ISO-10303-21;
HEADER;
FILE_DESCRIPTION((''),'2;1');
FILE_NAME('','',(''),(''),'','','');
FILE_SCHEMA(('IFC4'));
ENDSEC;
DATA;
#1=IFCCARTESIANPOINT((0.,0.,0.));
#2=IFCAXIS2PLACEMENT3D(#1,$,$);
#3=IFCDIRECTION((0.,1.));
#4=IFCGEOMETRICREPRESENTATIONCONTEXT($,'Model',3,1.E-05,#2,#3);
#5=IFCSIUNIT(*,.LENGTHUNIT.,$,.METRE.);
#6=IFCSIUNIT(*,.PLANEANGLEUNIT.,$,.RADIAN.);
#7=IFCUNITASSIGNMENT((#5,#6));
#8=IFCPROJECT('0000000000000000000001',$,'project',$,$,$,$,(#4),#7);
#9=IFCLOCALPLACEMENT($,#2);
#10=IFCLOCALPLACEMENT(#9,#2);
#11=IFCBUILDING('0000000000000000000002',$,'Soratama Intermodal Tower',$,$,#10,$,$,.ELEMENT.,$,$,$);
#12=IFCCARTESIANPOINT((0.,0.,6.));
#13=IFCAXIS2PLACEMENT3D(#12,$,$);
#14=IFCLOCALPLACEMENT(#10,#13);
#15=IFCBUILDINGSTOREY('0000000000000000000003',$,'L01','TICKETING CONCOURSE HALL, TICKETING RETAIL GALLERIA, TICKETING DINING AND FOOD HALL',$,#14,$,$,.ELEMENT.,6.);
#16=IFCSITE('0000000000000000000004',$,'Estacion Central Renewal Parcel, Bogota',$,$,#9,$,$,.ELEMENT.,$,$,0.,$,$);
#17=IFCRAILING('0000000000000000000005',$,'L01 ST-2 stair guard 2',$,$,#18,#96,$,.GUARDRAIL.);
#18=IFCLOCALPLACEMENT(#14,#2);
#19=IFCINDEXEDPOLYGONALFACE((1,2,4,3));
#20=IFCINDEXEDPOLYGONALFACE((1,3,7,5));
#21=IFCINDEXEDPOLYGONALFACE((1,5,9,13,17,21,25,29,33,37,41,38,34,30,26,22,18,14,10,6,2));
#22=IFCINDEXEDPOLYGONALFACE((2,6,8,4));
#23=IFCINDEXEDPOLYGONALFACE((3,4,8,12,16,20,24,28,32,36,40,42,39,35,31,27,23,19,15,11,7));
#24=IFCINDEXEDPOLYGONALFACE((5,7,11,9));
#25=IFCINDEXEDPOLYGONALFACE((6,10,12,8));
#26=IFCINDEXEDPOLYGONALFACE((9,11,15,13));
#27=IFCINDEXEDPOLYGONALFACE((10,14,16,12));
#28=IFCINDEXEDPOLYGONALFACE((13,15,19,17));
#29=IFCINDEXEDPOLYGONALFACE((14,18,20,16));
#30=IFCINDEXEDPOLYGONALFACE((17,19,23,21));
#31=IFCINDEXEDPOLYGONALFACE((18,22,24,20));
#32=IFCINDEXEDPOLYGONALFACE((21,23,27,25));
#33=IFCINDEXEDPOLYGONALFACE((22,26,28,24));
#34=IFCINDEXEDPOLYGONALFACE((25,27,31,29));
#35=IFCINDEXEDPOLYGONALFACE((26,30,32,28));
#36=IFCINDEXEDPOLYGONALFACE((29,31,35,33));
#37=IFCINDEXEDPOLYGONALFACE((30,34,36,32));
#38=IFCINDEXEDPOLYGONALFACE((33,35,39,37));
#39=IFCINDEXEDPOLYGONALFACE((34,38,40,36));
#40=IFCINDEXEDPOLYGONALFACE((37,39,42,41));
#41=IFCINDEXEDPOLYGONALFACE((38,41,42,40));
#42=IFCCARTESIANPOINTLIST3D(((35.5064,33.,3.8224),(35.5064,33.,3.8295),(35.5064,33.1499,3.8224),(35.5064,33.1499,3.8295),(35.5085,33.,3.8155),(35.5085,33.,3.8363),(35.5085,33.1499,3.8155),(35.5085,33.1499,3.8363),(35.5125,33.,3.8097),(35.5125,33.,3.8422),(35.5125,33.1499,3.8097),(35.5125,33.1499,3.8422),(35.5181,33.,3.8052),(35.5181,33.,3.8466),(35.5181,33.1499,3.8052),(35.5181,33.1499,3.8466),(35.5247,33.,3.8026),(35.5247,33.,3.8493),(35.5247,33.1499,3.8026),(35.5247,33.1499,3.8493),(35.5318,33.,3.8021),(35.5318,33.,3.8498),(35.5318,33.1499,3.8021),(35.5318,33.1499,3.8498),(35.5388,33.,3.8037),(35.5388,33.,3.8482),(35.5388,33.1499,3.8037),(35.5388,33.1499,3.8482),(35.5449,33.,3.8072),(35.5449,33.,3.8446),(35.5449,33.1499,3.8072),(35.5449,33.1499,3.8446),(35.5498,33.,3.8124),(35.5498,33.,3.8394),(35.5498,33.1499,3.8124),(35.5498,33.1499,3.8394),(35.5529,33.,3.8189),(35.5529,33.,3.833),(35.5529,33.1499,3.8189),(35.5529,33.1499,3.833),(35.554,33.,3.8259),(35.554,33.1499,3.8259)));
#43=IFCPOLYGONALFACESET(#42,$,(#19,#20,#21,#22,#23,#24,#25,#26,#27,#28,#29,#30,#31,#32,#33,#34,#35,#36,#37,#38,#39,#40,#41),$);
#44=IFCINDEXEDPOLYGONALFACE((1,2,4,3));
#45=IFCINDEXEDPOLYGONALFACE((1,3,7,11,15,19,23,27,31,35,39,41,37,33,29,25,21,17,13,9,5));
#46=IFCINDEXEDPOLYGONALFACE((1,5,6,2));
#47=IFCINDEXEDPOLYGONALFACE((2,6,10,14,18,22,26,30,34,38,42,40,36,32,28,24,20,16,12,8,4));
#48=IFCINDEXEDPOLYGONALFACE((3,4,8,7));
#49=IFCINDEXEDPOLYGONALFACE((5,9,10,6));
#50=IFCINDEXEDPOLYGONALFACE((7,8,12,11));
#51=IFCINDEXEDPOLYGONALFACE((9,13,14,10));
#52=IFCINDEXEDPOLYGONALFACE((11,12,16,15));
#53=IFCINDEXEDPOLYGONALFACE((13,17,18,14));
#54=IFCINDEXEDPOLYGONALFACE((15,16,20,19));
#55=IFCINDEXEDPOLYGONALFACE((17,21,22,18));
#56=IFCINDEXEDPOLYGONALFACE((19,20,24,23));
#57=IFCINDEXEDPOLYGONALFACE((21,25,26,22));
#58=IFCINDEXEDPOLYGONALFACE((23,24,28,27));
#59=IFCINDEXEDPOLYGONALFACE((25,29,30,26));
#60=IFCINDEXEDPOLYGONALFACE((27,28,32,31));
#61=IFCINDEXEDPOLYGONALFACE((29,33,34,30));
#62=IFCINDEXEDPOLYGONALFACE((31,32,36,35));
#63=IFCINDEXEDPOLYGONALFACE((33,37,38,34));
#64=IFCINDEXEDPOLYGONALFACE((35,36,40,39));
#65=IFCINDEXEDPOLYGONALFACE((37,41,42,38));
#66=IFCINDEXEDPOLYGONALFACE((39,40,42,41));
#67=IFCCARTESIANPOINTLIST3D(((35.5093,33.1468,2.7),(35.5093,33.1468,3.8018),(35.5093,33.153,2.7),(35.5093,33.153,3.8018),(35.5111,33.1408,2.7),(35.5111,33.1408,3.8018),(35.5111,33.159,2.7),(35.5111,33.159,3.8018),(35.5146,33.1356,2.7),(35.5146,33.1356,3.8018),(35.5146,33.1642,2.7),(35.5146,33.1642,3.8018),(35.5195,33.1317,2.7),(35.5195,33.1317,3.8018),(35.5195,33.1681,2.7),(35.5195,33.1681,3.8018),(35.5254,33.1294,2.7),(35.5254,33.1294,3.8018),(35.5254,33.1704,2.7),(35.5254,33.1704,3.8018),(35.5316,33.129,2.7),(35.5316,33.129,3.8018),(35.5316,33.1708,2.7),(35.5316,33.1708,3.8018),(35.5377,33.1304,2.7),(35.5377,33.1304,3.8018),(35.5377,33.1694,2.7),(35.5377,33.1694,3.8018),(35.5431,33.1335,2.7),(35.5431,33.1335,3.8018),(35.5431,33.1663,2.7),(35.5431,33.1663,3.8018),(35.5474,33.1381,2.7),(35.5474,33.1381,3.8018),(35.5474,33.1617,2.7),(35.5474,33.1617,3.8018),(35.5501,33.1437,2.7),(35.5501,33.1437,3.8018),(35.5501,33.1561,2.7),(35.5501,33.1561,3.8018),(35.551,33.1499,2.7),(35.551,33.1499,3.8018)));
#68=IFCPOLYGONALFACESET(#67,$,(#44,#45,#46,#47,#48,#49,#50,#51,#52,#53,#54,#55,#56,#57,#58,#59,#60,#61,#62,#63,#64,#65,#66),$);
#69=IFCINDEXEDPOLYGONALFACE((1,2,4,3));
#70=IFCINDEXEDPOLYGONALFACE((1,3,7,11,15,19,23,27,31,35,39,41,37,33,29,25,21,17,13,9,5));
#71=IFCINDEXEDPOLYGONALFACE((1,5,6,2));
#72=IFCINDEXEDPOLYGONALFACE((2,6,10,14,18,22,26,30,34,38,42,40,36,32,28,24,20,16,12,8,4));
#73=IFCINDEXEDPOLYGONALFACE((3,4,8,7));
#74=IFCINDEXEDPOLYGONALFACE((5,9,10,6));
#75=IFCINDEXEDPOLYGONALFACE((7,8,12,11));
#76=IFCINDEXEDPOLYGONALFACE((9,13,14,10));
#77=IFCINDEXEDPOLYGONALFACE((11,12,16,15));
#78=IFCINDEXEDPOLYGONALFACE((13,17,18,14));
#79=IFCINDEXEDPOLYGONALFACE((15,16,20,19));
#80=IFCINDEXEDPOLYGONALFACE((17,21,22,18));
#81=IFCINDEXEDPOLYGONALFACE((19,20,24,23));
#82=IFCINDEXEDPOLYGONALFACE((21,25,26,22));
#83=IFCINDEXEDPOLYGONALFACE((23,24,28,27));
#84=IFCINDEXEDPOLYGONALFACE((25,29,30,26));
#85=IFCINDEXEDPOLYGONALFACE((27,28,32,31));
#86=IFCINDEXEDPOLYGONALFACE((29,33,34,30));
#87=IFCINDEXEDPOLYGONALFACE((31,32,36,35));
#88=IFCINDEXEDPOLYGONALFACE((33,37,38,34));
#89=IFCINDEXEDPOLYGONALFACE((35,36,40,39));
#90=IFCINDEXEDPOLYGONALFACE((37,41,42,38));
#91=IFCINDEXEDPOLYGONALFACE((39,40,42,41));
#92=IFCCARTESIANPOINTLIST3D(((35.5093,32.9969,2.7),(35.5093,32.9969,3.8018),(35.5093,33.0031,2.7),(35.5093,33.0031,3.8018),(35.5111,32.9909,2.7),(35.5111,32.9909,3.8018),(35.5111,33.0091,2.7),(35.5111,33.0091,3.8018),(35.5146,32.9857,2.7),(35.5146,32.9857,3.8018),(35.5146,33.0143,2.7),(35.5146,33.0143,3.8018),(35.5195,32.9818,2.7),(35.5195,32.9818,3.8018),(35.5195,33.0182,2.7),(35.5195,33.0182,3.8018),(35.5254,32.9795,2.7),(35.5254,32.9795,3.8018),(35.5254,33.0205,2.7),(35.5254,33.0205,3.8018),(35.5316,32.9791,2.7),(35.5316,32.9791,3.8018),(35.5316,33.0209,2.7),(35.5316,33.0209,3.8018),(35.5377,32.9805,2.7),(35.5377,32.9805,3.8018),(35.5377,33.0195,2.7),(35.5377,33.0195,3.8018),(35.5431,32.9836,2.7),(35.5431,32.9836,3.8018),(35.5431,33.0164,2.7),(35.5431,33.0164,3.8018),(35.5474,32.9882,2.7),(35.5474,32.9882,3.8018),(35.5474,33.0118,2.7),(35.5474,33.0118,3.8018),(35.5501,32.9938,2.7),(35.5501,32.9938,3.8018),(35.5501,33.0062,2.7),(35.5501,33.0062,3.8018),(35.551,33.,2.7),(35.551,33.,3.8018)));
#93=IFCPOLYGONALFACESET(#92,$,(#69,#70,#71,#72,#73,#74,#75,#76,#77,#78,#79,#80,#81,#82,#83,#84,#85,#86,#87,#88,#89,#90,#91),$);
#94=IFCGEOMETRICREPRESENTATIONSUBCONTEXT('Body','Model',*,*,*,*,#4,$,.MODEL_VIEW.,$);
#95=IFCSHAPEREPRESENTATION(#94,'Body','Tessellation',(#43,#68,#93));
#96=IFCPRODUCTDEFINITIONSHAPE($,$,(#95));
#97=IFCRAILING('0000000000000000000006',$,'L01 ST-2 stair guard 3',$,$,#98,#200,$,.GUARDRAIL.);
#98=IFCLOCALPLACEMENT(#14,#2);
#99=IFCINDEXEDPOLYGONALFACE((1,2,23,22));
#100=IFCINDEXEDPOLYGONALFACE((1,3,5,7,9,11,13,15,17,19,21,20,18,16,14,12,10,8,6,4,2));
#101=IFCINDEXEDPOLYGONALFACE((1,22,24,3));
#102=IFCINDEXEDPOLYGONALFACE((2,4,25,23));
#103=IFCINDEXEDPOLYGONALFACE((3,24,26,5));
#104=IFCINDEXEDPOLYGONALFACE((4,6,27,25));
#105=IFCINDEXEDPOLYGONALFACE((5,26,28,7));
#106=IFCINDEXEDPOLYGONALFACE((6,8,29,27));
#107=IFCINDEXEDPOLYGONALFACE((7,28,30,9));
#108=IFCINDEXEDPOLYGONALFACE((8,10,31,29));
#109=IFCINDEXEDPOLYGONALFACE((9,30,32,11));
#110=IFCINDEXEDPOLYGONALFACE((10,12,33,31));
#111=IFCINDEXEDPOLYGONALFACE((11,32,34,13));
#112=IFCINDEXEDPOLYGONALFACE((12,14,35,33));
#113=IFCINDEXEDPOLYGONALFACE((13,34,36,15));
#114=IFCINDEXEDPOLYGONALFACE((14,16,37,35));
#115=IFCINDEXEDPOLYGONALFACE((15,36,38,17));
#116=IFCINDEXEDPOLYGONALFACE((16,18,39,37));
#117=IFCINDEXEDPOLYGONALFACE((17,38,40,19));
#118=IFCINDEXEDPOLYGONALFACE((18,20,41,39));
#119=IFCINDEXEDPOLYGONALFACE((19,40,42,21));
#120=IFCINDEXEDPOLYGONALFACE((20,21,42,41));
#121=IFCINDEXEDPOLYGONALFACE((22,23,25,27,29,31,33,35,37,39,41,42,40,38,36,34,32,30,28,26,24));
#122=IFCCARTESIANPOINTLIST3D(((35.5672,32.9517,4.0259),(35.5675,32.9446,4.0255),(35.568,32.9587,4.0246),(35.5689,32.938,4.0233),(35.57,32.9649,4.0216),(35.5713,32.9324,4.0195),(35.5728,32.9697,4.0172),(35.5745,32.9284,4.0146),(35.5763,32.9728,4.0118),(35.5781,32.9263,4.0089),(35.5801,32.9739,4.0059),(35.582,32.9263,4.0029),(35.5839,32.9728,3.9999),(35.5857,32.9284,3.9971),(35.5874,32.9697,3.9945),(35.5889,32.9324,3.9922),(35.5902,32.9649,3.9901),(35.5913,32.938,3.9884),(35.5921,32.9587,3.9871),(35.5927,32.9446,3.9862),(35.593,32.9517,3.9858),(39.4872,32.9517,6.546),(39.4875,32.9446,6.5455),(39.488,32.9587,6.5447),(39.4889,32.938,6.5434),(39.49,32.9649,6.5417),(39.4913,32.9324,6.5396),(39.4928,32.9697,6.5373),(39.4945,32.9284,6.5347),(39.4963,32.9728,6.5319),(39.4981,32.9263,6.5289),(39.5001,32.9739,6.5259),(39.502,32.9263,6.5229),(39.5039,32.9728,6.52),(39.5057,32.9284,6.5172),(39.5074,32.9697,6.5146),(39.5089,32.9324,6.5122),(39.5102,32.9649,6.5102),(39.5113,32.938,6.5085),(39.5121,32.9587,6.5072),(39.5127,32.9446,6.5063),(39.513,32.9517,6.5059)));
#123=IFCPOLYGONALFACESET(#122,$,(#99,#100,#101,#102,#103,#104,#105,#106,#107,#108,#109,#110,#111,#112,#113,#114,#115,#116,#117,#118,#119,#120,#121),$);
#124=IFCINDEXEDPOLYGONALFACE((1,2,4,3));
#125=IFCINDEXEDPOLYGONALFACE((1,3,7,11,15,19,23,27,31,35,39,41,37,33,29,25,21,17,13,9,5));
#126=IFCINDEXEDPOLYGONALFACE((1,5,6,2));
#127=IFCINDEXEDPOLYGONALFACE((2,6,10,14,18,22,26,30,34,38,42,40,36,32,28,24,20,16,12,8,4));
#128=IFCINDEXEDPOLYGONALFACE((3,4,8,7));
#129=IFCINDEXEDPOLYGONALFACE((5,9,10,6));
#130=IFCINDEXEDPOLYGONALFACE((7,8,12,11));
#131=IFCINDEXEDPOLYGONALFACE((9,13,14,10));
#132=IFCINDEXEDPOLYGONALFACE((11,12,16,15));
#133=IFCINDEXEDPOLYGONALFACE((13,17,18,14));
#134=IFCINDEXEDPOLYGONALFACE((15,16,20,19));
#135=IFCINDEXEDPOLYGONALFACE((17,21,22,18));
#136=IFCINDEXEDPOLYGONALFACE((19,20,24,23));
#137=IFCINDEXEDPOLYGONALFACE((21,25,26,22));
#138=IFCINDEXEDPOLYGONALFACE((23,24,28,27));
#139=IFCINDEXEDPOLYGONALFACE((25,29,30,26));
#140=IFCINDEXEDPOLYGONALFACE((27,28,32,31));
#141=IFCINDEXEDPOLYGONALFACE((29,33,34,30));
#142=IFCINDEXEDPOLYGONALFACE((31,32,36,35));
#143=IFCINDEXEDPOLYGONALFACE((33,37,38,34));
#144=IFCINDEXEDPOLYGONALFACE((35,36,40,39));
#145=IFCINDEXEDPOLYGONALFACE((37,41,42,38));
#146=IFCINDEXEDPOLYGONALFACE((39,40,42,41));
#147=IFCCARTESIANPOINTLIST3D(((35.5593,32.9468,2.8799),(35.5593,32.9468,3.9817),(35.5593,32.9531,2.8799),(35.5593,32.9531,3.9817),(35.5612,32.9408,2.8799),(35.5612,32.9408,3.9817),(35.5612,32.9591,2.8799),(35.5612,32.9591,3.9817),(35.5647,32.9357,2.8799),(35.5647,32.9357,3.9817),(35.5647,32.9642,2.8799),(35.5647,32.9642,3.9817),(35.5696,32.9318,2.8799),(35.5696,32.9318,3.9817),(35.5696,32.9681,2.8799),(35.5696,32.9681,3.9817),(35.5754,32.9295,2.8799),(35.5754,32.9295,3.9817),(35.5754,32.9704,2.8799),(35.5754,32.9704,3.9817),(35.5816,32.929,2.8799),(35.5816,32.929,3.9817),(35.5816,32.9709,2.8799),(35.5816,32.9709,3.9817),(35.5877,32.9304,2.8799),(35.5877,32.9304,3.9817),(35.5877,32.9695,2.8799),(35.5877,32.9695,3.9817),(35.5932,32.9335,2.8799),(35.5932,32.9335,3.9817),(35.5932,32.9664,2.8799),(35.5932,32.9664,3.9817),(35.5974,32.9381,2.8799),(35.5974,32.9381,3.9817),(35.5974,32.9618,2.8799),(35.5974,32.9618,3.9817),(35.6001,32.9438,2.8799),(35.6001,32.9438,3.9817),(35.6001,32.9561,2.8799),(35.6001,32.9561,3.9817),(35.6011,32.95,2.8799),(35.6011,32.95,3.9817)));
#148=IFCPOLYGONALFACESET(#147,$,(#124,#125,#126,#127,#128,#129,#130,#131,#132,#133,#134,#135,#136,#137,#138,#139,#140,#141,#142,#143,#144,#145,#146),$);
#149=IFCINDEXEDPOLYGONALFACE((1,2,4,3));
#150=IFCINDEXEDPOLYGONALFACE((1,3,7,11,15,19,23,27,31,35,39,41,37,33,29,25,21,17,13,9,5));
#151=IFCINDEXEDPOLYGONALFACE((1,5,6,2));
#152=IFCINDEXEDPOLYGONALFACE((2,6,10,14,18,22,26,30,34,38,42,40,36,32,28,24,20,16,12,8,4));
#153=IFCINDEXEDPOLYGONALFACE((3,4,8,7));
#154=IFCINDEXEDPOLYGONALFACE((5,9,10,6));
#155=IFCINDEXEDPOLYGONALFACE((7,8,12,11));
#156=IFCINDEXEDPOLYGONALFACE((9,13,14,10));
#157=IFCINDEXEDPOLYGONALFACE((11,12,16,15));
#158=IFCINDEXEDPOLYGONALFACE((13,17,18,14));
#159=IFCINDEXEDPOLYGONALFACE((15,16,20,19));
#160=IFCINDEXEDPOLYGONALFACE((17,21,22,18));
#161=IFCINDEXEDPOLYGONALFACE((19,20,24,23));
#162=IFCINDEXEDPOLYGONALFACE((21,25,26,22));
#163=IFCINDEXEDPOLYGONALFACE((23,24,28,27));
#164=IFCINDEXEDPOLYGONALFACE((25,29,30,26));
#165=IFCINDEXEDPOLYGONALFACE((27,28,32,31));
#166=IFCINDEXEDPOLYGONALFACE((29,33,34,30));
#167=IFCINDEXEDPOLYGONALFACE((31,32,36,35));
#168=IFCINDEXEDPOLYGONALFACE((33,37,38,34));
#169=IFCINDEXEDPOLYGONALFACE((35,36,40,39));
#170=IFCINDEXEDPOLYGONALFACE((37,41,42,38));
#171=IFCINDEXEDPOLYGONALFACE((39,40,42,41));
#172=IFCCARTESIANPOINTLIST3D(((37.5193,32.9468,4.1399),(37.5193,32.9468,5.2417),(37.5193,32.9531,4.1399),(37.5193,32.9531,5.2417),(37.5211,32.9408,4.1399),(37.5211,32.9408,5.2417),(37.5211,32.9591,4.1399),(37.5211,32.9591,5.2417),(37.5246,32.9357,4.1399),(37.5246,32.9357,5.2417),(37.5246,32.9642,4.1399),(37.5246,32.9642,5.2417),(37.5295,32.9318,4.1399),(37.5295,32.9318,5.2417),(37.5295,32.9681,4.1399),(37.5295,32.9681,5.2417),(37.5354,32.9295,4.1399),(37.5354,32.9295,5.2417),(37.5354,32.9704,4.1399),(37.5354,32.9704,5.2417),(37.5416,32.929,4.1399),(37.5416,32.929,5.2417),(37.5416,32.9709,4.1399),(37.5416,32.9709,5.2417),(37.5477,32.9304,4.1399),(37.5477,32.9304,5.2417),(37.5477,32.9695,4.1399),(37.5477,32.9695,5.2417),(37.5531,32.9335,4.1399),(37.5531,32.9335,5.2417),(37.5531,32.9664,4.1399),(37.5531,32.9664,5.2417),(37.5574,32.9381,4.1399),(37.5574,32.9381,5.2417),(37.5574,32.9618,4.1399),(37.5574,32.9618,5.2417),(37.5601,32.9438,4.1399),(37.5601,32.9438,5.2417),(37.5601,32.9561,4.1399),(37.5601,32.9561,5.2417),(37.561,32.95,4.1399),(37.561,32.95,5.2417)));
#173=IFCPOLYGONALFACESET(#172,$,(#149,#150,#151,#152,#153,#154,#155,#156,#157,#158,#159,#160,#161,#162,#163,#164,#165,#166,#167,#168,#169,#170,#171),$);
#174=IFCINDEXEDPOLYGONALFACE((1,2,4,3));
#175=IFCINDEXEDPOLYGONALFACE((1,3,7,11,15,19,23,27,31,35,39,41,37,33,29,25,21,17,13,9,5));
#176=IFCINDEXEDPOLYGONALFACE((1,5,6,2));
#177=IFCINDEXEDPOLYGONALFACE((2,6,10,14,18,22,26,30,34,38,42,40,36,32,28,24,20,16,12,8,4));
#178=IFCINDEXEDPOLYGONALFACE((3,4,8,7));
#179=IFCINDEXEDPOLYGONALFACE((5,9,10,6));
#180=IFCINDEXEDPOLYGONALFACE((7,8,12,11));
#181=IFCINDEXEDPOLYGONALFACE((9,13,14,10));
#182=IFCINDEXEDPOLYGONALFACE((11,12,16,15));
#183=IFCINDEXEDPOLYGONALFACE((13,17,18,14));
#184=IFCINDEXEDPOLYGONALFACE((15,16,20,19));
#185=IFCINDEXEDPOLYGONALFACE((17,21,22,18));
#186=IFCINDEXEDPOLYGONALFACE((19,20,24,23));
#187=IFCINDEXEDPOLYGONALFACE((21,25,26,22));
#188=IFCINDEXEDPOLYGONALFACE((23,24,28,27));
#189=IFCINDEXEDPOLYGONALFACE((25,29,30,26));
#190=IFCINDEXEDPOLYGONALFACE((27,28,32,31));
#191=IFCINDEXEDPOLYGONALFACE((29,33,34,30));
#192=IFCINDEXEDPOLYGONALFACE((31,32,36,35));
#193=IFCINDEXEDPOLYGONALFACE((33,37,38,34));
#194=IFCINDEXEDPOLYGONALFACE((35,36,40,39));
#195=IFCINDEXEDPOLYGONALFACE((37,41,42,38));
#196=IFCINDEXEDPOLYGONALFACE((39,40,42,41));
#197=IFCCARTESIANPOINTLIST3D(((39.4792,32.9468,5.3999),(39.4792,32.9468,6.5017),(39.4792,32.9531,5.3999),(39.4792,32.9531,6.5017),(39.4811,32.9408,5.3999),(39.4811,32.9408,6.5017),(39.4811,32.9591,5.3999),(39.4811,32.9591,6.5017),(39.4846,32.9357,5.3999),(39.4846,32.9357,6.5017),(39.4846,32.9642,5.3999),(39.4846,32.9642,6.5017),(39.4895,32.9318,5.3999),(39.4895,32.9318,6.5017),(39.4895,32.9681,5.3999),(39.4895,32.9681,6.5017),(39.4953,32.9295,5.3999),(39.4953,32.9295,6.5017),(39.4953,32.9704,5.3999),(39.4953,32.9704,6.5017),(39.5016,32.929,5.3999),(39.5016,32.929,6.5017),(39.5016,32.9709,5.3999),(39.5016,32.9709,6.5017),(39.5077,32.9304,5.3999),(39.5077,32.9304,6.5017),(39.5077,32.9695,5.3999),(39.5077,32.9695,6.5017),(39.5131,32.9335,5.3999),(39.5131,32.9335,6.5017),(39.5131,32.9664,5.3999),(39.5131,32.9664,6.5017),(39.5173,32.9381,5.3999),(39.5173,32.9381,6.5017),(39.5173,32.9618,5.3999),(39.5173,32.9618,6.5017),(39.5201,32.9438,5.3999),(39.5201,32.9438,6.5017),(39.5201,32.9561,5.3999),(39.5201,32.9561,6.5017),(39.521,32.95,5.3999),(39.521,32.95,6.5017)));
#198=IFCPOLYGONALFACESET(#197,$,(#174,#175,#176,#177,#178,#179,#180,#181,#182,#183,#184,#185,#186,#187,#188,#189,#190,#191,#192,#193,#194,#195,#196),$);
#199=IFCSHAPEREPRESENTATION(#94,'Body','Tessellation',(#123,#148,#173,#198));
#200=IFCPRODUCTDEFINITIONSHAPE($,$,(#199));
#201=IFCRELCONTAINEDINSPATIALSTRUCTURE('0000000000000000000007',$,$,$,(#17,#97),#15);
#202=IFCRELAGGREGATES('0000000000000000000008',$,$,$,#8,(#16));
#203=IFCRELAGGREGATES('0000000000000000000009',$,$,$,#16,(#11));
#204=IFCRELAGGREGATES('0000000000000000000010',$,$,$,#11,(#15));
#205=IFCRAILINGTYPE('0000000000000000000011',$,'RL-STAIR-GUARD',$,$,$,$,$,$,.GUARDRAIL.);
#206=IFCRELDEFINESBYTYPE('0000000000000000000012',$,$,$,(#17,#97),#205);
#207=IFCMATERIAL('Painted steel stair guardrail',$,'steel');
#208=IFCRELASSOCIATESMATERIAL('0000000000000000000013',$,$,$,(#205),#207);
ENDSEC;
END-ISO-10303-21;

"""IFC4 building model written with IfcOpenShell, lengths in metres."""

from ifc_helpers import new_model, si_unit, direction, frame, origin, origin_2d, place, context, subcontext, project, spatial, circle, extrude, material, type_object, element, save


model = new_model("IFC4")

# Units and contexts
model_context = context("Model", 3, precision=1e-05, world=origin(), true_north=direction((0.0, 1.0)))
body_context = subcontext(model_context, "Body", "Model", "MODEL_VIEW")
ifc_project = project(units=[si_unit("LENGTHUNIT", "METRE"), si_unit("PLANEANGLEUNIT", "RADIAN")], contexts=[model_context])

# Site, building, storey
site_placement = place(None, origin())
site = spatial("IfcSite", under=ifc_project, at=site_placement, Name="Estacion Central Renewal Parcel, Bogota", CompositionType="ELEMENT", RefElevation=0.0)
building_placement = place(site_placement, origin())
building = spatial("IfcBuilding", under=site, at=building_placement, Name="Soratama Intermodal Tower", CompositionType="ELEMENT")
storey_placement = place(building_placement, frame((0.0, 0.0, 6.0)))
storey = spatial("IfcBuildingStorey", under=building, at=storey_placement, Name="L01", Description="TICKETING CONCOURSE HALL, TICKETING RETAIL GALLERIA, TICKETING DINING AND FOOD HALL", CompositionType="ELEMENT", Elevation=6.0)

# Railings
ifc_material_1 = material(Name="Painted steel stair guardrail", Category="steel")
railing_type = type_object("IfcRailingType", Name="RL-STAIR-GUARD", PredefinedType="GUARDRAIL", material=ifc_material_1)
railing_1_placement = place(storey_placement, frame((35.53, 33.1499, 2.7)))
element("IfcRailing", 1, at=railing_1_placement, inside=storey, type_object=railing_type, Name="L01 ST-2 stair guard 2", PredefinedType="GUARDRAIL", context=body_context, shape_type="SweptSolid", body=[
    extrude(circle(Radius=0.0239, at=origin_2d()), frame((0.0, 0.0, 1.126), z_axis=(0.0, -1.0, 0.0), x_axis=(1.0, 0.0, 0.0)), (0.0, 0.0, 1.0), 0.1499),
    extrude(circle(Radius=0.021, at=origin_2d()), origin(), (0.0, 0.0, 1.0), 1.1018),
    extrude(circle(Radius=0.021, at=origin_2d()), frame((0.0, -0.1499, 0.0)), (0.0, 0.0, 1.0), 1.1018),
])
railing_2_placement = place(storey_placement, frame((35.5801, 32.95, 2.8799)))
element("IfcRailing", 2, at=railing_2_placement, inside=storey, type_object=railing_type, Name="L01 ST-2 stair guard 3", PredefinedType="GUARDRAIL", context=body_context, shape_type="SweptSolid", body=[
    extrude(circle(Radius=0.0239, at=origin_2d()), frame((0.0, 0.0, 1.126), z_axis=(0.841172, 0.0, 0.540768), x_axis=(0.0, 1.0, 0.0)), (0.0, 0.0, 1.0), 4.6602),
    extrude(circle(Radius=0.021, at=origin_2d()), origin(), (0.0, 0.0, 1.0), 1.1018),
    extrude(circle(Radius=0.021, at=origin_2d()), frame((1.96, 0.0, 1.26)), (0.0, 0.0, 1.0), 1.1018),
    extrude(circle(Radius=0.021, at=origin_2d()), frame((3.9199, 0.0, 2.52)), (0.0, 0.0, 1.0), 1.1018),
])

save(model, "model.ifc")
